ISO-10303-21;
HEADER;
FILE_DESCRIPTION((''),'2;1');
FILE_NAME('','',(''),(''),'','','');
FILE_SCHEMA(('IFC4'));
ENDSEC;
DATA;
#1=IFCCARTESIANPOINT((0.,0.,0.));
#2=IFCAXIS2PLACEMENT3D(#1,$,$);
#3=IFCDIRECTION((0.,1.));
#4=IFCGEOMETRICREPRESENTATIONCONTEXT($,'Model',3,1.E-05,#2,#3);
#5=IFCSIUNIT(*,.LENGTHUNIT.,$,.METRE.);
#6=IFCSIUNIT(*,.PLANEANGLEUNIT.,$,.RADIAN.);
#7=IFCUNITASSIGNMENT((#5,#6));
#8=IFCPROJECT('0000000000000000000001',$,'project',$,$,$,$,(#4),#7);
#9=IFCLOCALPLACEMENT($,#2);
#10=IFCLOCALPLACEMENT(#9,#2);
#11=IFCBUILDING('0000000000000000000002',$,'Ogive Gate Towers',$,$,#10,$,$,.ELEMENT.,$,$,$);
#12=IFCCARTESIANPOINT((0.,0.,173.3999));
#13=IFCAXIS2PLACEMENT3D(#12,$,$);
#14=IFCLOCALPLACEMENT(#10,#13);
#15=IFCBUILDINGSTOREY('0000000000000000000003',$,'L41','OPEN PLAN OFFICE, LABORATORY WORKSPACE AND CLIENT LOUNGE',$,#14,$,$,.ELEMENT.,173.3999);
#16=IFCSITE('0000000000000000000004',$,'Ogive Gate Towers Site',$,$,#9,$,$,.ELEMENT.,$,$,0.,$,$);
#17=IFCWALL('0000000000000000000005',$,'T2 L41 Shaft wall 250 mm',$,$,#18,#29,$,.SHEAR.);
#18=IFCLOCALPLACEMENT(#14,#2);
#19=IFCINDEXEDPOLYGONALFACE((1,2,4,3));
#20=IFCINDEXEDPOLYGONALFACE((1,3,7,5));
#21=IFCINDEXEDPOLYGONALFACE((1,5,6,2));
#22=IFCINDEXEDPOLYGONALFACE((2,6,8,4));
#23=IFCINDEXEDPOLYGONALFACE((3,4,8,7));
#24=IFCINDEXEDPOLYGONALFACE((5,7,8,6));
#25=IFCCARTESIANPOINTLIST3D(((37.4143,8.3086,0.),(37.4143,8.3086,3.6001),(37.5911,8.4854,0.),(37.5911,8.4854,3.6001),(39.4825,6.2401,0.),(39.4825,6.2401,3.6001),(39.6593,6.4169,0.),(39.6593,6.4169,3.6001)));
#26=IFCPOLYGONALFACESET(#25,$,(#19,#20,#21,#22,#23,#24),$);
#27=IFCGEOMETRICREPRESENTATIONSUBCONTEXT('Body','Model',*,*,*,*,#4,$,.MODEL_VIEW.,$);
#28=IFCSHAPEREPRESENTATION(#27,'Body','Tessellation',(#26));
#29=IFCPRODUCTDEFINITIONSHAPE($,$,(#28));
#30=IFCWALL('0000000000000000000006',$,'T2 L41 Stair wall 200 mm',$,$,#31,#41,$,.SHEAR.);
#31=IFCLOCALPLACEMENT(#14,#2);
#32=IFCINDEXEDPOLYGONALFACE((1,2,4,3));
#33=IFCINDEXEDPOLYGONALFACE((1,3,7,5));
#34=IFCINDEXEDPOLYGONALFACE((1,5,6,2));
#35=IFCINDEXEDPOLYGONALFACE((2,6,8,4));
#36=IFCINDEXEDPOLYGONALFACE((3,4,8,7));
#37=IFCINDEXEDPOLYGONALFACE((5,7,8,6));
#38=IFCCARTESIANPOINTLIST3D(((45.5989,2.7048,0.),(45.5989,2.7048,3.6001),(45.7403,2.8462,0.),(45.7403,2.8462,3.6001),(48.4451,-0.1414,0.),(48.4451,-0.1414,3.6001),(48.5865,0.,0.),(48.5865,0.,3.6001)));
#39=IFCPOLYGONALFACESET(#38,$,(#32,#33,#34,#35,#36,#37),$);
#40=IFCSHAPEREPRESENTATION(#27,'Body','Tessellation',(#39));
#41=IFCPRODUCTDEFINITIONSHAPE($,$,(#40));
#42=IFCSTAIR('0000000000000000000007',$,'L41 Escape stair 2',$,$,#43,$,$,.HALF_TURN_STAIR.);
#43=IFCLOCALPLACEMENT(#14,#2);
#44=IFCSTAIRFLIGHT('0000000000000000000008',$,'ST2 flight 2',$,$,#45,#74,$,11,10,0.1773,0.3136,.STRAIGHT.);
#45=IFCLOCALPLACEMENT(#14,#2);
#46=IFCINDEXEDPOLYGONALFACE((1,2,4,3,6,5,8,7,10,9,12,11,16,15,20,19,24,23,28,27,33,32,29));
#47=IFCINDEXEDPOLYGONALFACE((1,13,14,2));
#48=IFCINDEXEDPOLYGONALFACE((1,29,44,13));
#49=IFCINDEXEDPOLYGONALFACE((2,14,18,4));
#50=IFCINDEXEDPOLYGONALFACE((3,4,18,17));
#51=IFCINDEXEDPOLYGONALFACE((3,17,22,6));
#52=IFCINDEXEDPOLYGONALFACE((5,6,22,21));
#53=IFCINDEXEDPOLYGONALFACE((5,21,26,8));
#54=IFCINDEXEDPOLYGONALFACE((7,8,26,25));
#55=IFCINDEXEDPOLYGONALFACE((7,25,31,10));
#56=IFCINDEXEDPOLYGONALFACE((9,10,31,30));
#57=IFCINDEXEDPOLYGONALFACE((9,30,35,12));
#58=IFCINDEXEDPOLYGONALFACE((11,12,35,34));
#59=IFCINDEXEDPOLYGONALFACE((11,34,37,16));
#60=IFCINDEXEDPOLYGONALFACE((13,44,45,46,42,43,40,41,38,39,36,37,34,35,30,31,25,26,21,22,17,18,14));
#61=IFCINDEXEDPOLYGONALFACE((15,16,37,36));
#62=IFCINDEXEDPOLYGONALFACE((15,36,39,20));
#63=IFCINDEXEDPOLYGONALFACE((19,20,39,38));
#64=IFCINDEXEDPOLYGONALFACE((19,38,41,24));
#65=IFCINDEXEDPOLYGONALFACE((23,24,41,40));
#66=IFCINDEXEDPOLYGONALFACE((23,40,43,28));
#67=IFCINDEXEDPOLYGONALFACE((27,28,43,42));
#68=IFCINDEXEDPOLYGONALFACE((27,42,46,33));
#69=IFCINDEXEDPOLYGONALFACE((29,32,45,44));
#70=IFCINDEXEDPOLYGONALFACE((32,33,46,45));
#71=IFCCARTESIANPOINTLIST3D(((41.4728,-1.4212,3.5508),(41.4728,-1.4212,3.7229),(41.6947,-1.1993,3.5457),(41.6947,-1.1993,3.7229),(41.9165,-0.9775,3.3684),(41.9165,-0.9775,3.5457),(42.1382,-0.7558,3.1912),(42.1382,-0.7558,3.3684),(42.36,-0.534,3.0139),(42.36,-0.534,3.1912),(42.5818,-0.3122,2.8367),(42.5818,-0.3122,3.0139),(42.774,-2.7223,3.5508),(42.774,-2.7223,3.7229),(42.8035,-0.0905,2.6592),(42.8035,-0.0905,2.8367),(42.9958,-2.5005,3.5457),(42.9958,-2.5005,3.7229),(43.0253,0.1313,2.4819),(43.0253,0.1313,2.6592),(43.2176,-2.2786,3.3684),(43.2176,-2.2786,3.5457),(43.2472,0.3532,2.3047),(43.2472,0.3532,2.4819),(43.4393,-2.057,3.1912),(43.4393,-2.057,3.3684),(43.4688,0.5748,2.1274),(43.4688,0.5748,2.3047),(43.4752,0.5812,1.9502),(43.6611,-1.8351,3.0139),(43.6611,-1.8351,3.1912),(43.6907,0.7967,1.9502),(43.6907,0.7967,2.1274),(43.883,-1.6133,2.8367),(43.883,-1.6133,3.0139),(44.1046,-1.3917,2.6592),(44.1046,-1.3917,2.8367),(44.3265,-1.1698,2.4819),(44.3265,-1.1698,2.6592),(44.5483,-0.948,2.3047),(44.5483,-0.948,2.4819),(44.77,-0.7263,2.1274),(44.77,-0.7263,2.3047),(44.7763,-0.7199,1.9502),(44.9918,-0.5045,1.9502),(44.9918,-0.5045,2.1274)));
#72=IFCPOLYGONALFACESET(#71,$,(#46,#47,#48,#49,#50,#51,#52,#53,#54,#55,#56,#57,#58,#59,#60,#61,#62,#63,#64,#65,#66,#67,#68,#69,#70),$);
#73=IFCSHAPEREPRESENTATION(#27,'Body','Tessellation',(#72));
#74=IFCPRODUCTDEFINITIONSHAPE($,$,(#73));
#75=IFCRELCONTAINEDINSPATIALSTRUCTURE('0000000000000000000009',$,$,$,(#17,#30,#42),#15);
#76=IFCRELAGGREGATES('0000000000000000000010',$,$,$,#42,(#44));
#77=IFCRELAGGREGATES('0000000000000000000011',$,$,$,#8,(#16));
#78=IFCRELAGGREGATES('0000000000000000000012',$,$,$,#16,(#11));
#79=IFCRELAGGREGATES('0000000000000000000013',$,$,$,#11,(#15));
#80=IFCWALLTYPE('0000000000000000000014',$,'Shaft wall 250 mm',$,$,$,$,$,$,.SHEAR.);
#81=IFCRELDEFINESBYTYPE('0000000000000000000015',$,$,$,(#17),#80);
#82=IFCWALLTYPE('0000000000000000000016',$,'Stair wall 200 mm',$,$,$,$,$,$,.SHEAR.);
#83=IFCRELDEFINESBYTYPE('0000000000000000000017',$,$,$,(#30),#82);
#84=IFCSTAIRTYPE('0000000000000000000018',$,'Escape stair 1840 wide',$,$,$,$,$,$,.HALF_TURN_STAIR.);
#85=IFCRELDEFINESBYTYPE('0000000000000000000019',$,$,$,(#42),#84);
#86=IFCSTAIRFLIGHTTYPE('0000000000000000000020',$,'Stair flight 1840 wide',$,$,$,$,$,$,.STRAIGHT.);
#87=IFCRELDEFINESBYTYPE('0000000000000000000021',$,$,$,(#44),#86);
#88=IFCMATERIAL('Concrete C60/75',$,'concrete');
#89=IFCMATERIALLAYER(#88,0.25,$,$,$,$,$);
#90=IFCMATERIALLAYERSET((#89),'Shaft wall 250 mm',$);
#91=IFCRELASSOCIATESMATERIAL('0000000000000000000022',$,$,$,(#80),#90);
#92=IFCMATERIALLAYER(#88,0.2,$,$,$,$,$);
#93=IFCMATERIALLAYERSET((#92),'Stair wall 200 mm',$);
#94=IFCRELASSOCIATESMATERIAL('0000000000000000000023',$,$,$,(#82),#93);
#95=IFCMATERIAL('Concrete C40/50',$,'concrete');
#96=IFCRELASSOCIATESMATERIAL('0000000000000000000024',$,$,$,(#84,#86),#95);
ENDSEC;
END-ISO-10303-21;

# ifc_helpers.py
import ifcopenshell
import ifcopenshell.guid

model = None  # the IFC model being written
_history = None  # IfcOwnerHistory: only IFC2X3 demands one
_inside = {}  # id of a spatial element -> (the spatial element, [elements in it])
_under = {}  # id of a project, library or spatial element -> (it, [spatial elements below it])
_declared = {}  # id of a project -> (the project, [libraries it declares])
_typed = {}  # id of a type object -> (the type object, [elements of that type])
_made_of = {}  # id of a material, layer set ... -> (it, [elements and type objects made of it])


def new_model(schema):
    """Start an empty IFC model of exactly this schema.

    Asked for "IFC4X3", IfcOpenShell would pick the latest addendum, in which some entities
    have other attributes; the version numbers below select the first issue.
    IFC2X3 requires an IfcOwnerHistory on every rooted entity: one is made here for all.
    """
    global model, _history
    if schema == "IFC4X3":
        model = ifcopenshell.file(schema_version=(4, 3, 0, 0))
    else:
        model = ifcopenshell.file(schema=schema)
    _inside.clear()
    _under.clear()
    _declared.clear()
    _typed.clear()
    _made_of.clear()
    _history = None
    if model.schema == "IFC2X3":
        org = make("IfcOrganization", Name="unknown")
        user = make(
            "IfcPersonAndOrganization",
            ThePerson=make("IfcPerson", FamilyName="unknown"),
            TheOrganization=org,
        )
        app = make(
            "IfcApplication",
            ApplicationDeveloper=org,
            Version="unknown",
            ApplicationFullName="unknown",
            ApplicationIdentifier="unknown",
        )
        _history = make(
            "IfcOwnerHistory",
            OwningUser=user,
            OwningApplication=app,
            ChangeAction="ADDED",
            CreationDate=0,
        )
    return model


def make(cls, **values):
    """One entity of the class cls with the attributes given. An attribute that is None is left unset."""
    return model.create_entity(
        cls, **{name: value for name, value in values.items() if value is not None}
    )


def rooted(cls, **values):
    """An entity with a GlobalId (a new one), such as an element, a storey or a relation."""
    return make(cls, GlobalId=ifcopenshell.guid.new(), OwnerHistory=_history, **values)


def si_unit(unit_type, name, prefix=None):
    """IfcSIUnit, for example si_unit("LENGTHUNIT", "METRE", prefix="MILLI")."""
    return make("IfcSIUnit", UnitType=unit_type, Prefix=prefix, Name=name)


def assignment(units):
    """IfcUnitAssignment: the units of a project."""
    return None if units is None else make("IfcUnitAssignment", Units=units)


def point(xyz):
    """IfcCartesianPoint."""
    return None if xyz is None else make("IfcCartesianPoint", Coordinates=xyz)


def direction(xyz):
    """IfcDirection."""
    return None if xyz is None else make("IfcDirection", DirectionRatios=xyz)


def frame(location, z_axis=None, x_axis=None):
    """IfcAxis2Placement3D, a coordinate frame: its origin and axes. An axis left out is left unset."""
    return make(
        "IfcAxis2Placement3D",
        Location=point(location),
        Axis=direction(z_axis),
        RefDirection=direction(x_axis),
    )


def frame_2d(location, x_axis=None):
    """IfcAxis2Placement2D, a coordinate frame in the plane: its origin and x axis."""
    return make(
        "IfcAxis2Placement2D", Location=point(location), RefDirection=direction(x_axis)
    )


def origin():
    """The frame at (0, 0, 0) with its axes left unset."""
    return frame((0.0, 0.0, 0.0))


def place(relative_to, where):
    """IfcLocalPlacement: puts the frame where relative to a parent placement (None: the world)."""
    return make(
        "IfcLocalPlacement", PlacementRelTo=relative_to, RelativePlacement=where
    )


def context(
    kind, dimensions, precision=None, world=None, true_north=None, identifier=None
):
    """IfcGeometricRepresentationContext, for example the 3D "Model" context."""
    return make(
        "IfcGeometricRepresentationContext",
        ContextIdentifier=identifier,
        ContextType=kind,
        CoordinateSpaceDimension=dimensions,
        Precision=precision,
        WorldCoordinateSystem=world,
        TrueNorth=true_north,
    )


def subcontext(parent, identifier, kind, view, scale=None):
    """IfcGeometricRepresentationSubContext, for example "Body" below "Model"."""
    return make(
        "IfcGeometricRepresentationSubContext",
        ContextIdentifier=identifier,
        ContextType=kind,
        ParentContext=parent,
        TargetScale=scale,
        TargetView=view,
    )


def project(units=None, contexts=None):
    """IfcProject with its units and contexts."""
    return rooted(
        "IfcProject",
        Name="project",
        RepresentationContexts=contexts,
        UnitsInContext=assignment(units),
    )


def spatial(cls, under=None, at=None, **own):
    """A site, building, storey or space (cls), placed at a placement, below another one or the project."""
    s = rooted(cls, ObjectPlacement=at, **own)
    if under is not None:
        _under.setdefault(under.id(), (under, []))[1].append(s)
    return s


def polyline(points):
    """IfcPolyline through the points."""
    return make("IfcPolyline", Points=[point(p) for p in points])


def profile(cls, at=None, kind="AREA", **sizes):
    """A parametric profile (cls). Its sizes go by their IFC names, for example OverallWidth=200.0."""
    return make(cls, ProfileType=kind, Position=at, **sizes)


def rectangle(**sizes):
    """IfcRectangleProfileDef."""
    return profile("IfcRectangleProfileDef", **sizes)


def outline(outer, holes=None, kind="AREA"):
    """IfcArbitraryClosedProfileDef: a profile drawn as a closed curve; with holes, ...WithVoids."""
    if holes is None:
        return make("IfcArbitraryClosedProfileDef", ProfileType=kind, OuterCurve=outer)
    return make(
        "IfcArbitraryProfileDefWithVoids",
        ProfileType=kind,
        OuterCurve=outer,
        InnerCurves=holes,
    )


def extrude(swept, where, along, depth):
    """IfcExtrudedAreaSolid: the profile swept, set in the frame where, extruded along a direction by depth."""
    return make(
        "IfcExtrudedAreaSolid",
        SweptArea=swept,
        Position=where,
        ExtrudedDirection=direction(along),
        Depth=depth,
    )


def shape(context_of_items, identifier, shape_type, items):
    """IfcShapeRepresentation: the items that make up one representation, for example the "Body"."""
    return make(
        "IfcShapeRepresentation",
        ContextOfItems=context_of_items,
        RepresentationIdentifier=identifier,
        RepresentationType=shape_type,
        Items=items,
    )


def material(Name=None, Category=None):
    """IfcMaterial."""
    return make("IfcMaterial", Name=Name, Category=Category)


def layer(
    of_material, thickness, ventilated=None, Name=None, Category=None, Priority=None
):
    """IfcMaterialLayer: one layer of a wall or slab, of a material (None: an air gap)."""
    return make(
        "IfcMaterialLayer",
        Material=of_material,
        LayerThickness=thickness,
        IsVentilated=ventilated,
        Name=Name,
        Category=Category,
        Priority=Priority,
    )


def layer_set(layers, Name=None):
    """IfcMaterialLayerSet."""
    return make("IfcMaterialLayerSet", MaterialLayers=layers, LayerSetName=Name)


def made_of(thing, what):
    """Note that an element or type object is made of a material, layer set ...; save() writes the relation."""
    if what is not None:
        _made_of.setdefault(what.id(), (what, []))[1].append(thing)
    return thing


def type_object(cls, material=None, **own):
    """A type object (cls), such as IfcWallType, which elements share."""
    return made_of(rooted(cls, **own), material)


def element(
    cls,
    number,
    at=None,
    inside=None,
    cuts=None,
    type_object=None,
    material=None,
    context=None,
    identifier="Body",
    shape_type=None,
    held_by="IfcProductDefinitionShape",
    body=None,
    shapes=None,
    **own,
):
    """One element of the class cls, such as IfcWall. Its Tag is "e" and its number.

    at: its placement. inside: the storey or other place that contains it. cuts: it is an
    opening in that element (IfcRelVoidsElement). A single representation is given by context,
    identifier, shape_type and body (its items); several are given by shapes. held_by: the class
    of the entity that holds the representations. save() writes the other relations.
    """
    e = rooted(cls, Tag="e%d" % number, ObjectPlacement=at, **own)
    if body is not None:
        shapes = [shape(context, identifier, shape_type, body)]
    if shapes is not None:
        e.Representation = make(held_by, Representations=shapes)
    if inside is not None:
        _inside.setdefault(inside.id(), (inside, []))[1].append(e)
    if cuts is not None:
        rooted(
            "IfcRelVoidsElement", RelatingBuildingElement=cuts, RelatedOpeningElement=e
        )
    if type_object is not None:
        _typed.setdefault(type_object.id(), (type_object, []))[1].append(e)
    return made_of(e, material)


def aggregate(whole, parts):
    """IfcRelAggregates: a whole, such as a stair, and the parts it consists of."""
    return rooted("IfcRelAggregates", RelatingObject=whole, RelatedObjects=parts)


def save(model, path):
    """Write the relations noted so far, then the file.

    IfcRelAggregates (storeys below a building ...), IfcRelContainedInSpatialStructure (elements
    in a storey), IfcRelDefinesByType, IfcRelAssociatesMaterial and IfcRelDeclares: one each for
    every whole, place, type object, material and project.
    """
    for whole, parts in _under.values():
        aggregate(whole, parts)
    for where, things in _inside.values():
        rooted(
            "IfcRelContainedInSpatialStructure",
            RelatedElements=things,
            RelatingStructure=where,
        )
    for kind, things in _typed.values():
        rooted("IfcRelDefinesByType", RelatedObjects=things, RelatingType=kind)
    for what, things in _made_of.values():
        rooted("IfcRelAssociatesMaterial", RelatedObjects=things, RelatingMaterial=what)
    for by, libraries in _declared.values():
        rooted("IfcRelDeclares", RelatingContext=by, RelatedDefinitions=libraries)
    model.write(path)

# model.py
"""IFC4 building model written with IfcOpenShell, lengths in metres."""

from ifc_helpers import new_model, si_unit, direction, frame, frame_2d, origin, place, context, subcontext, project, spatial, polyline, rectangle, outline, extrude, material, layer, layer_set, type_object, element, aggregate, save


model = new_model("IFC4")

# Units and contexts
model_context = context("Model", 3, precision=1e-05, world=origin(), true_north=direction((0.0, 1.0)))
body_context = subcontext(model_context, "Body", "Model", "MODEL_VIEW")
ifc_project = project(units=[si_unit("LENGTHUNIT", "METRE"), si_unit("PLANEANGLEUNIT", "RADIAN")], contexts=[model_context])

# Site, building, storey
site_placement = place(None, origin())
site = spatial("IfcSite", under=ifc_project, at=site_placement, Name="Ogive Gate Towers Site", CompositionType="ELEMENT", RefElevation=0.0)
building_placement = place(site_placement, origin())
building = spatial("IfcBuilding", under=site, at=building_placement, Name="Ogive Gate Towers", CompositionType="ELEMENT")
storey_placement = place(building_placement, frame((0.0, 0.0, 173.3999)))
storey = spatial("IfcBuildingStorey", under=building, at=storey_placement, Name="L41", Description="OPEN PLAN OFFICE, LABORATORY WORKSPACE AND CLIENT LOUNGE", CompositionType="ELEMENT", Elevation=173.3999)

# Shared definitions
ifc_material_1 = material(Name="Concrete C40/50", Category="concrete")

# Shared definitions
ifc_material_2 = material(Name="Concrete C60/75", Category="concrete")

# Walls
ifc_layer_1 = layer(ifc_material_2, 0.25)
ifc_layer_set_1 = layer_set([ifc_layer_1], Name="Shaft wall 250 mm")
wall_type_1 = type_object("IfcWallType", Name="Shaft wall 250 mm", PredefinedType="SHEAR", material=ifc_layer_set_1)
wall_1_placement = place(storey_placement, frame((39.5708, 6.3286, 0.0), z_axis=(0.0, 0.0, 1.0), x_axis=(-0.707065, 0.707149, 0.0)))
element("IfcWall", 1, at=wall_1_placement, inside=storey, type_object=wall_type_1, Name="T2 L41 Shaft wall 250 mm", PredefinedType="SHEAR", context=body_context, shape_type="SweptSolid", body=[
    extrude(rectangle(XDim=2.925, YDim=0.25, at=frame_2d((1.4624, 0.0))), origin(), (0.0, 0.0, 1.0), 3.6001),
])
ifc_layer_2 = layer(ifc_material_2, 0.2)
ifc_layer_set_2 = layer_set([ifc_layer_2], Name="Stair wall 200 mm")
wall_type_2 = type_object("IfcWallType", Name="Stair wall 200 mm", PredefinedType="SHEAR", material=ifc_layer_set_2)
wall_2_placement = place(storey_placement, frame((48.5159, -0.0708, 0.0), z_axis=(0.0, 0.0, 1.0), x_axis=(-0.707107, 0.707107, 0.0)))
element("IfcWall", 2, at=wall_2_placement, inside=storey, type_object=wall_type_2, Name="T2 L41 Stair wall 200 mm", PredefinedType="SHEAR", context=body_context, shape_type="SweptSolid", body=[
    extrude(rectangle(XDim=4.0251, YDim=0.2, at=frame_2d((2.0127, 0.0))), origin(), (0.0, 0.0, 1.0), 3.6001),
])

# Stair, stair flight
stair_type = type_object("IfcStairType", Name="Escape stair 1840 wide", PredefinedType="HALF_TURN_STAIR", material=ifc_material_1)
stair_placement = place(storey_placement, origin())
stair = element("IfcStair", 3, at=stair_placement, inside=storey, type_object=stair_type, Name="L41 Escape stair 2", PredefinedType="HALF_TURN_STAIR")
stair_flight_type = type_object("IfcStairFlightType", Name="Stair flight 1840 wide", PredefinedType="STRAIGHT", material=ifc_material_1)
stair_flight_placement = place(storey_placement, frame((44.3413, 0.146, 1.9502), z_axis=(0.0, 0.0, 1.0), x_axis=(-0.707107, -0.707107, 0.0)))
stair_flight = element("IfcStairFlight", 4, at=stair_flight_placement, type_object=stair_flight_type, Name="ST2 flight 2", NumberOfRisers=11, NumberOfTreads=10, PredefinedType="STRAIGHT", RiserHeight=0.1773, TreadLength=0.3136, context=body_context, shape_type="SweptSolid", body=[
    extrude(outline(polyline([(0.0, 0.0), (0.0, 0.1772), (0.3137, 0.1772), (0.3137, 0.3545), (0.6272, 0.3545), (0.6272, 0.5317), (0.9409, 0.5317), (0.9409, 0.709), (1.2546, 0.709), (1.2546, 0.8865), (1.5681, 0.8865), (1.5681, 1.0637), (1.8818, 1.0637), (1.8818, 1.241), (2.1956, 1.241), (2.1956, 1.4182), (2.509, 1.4182), (2.509, 1.5955), (2.8228, 1.5955), (2.8228, 1.7727), (3.1365, 1.7727), (3.1365, 1.95), (3.1365, 1.6006), (0.3047, 0.0), (0.0, 0.0)])), frame((0.0, 0.9199, 0.0), z_axis=(0.0, -1.0, 0.0), x_axis=(1.0, 0.0, 0.0)), (0.0, 0.0, 1.0), 1.8401),
])
aggregate(stair, [stair_flight])

save(model, "model.ifc")
